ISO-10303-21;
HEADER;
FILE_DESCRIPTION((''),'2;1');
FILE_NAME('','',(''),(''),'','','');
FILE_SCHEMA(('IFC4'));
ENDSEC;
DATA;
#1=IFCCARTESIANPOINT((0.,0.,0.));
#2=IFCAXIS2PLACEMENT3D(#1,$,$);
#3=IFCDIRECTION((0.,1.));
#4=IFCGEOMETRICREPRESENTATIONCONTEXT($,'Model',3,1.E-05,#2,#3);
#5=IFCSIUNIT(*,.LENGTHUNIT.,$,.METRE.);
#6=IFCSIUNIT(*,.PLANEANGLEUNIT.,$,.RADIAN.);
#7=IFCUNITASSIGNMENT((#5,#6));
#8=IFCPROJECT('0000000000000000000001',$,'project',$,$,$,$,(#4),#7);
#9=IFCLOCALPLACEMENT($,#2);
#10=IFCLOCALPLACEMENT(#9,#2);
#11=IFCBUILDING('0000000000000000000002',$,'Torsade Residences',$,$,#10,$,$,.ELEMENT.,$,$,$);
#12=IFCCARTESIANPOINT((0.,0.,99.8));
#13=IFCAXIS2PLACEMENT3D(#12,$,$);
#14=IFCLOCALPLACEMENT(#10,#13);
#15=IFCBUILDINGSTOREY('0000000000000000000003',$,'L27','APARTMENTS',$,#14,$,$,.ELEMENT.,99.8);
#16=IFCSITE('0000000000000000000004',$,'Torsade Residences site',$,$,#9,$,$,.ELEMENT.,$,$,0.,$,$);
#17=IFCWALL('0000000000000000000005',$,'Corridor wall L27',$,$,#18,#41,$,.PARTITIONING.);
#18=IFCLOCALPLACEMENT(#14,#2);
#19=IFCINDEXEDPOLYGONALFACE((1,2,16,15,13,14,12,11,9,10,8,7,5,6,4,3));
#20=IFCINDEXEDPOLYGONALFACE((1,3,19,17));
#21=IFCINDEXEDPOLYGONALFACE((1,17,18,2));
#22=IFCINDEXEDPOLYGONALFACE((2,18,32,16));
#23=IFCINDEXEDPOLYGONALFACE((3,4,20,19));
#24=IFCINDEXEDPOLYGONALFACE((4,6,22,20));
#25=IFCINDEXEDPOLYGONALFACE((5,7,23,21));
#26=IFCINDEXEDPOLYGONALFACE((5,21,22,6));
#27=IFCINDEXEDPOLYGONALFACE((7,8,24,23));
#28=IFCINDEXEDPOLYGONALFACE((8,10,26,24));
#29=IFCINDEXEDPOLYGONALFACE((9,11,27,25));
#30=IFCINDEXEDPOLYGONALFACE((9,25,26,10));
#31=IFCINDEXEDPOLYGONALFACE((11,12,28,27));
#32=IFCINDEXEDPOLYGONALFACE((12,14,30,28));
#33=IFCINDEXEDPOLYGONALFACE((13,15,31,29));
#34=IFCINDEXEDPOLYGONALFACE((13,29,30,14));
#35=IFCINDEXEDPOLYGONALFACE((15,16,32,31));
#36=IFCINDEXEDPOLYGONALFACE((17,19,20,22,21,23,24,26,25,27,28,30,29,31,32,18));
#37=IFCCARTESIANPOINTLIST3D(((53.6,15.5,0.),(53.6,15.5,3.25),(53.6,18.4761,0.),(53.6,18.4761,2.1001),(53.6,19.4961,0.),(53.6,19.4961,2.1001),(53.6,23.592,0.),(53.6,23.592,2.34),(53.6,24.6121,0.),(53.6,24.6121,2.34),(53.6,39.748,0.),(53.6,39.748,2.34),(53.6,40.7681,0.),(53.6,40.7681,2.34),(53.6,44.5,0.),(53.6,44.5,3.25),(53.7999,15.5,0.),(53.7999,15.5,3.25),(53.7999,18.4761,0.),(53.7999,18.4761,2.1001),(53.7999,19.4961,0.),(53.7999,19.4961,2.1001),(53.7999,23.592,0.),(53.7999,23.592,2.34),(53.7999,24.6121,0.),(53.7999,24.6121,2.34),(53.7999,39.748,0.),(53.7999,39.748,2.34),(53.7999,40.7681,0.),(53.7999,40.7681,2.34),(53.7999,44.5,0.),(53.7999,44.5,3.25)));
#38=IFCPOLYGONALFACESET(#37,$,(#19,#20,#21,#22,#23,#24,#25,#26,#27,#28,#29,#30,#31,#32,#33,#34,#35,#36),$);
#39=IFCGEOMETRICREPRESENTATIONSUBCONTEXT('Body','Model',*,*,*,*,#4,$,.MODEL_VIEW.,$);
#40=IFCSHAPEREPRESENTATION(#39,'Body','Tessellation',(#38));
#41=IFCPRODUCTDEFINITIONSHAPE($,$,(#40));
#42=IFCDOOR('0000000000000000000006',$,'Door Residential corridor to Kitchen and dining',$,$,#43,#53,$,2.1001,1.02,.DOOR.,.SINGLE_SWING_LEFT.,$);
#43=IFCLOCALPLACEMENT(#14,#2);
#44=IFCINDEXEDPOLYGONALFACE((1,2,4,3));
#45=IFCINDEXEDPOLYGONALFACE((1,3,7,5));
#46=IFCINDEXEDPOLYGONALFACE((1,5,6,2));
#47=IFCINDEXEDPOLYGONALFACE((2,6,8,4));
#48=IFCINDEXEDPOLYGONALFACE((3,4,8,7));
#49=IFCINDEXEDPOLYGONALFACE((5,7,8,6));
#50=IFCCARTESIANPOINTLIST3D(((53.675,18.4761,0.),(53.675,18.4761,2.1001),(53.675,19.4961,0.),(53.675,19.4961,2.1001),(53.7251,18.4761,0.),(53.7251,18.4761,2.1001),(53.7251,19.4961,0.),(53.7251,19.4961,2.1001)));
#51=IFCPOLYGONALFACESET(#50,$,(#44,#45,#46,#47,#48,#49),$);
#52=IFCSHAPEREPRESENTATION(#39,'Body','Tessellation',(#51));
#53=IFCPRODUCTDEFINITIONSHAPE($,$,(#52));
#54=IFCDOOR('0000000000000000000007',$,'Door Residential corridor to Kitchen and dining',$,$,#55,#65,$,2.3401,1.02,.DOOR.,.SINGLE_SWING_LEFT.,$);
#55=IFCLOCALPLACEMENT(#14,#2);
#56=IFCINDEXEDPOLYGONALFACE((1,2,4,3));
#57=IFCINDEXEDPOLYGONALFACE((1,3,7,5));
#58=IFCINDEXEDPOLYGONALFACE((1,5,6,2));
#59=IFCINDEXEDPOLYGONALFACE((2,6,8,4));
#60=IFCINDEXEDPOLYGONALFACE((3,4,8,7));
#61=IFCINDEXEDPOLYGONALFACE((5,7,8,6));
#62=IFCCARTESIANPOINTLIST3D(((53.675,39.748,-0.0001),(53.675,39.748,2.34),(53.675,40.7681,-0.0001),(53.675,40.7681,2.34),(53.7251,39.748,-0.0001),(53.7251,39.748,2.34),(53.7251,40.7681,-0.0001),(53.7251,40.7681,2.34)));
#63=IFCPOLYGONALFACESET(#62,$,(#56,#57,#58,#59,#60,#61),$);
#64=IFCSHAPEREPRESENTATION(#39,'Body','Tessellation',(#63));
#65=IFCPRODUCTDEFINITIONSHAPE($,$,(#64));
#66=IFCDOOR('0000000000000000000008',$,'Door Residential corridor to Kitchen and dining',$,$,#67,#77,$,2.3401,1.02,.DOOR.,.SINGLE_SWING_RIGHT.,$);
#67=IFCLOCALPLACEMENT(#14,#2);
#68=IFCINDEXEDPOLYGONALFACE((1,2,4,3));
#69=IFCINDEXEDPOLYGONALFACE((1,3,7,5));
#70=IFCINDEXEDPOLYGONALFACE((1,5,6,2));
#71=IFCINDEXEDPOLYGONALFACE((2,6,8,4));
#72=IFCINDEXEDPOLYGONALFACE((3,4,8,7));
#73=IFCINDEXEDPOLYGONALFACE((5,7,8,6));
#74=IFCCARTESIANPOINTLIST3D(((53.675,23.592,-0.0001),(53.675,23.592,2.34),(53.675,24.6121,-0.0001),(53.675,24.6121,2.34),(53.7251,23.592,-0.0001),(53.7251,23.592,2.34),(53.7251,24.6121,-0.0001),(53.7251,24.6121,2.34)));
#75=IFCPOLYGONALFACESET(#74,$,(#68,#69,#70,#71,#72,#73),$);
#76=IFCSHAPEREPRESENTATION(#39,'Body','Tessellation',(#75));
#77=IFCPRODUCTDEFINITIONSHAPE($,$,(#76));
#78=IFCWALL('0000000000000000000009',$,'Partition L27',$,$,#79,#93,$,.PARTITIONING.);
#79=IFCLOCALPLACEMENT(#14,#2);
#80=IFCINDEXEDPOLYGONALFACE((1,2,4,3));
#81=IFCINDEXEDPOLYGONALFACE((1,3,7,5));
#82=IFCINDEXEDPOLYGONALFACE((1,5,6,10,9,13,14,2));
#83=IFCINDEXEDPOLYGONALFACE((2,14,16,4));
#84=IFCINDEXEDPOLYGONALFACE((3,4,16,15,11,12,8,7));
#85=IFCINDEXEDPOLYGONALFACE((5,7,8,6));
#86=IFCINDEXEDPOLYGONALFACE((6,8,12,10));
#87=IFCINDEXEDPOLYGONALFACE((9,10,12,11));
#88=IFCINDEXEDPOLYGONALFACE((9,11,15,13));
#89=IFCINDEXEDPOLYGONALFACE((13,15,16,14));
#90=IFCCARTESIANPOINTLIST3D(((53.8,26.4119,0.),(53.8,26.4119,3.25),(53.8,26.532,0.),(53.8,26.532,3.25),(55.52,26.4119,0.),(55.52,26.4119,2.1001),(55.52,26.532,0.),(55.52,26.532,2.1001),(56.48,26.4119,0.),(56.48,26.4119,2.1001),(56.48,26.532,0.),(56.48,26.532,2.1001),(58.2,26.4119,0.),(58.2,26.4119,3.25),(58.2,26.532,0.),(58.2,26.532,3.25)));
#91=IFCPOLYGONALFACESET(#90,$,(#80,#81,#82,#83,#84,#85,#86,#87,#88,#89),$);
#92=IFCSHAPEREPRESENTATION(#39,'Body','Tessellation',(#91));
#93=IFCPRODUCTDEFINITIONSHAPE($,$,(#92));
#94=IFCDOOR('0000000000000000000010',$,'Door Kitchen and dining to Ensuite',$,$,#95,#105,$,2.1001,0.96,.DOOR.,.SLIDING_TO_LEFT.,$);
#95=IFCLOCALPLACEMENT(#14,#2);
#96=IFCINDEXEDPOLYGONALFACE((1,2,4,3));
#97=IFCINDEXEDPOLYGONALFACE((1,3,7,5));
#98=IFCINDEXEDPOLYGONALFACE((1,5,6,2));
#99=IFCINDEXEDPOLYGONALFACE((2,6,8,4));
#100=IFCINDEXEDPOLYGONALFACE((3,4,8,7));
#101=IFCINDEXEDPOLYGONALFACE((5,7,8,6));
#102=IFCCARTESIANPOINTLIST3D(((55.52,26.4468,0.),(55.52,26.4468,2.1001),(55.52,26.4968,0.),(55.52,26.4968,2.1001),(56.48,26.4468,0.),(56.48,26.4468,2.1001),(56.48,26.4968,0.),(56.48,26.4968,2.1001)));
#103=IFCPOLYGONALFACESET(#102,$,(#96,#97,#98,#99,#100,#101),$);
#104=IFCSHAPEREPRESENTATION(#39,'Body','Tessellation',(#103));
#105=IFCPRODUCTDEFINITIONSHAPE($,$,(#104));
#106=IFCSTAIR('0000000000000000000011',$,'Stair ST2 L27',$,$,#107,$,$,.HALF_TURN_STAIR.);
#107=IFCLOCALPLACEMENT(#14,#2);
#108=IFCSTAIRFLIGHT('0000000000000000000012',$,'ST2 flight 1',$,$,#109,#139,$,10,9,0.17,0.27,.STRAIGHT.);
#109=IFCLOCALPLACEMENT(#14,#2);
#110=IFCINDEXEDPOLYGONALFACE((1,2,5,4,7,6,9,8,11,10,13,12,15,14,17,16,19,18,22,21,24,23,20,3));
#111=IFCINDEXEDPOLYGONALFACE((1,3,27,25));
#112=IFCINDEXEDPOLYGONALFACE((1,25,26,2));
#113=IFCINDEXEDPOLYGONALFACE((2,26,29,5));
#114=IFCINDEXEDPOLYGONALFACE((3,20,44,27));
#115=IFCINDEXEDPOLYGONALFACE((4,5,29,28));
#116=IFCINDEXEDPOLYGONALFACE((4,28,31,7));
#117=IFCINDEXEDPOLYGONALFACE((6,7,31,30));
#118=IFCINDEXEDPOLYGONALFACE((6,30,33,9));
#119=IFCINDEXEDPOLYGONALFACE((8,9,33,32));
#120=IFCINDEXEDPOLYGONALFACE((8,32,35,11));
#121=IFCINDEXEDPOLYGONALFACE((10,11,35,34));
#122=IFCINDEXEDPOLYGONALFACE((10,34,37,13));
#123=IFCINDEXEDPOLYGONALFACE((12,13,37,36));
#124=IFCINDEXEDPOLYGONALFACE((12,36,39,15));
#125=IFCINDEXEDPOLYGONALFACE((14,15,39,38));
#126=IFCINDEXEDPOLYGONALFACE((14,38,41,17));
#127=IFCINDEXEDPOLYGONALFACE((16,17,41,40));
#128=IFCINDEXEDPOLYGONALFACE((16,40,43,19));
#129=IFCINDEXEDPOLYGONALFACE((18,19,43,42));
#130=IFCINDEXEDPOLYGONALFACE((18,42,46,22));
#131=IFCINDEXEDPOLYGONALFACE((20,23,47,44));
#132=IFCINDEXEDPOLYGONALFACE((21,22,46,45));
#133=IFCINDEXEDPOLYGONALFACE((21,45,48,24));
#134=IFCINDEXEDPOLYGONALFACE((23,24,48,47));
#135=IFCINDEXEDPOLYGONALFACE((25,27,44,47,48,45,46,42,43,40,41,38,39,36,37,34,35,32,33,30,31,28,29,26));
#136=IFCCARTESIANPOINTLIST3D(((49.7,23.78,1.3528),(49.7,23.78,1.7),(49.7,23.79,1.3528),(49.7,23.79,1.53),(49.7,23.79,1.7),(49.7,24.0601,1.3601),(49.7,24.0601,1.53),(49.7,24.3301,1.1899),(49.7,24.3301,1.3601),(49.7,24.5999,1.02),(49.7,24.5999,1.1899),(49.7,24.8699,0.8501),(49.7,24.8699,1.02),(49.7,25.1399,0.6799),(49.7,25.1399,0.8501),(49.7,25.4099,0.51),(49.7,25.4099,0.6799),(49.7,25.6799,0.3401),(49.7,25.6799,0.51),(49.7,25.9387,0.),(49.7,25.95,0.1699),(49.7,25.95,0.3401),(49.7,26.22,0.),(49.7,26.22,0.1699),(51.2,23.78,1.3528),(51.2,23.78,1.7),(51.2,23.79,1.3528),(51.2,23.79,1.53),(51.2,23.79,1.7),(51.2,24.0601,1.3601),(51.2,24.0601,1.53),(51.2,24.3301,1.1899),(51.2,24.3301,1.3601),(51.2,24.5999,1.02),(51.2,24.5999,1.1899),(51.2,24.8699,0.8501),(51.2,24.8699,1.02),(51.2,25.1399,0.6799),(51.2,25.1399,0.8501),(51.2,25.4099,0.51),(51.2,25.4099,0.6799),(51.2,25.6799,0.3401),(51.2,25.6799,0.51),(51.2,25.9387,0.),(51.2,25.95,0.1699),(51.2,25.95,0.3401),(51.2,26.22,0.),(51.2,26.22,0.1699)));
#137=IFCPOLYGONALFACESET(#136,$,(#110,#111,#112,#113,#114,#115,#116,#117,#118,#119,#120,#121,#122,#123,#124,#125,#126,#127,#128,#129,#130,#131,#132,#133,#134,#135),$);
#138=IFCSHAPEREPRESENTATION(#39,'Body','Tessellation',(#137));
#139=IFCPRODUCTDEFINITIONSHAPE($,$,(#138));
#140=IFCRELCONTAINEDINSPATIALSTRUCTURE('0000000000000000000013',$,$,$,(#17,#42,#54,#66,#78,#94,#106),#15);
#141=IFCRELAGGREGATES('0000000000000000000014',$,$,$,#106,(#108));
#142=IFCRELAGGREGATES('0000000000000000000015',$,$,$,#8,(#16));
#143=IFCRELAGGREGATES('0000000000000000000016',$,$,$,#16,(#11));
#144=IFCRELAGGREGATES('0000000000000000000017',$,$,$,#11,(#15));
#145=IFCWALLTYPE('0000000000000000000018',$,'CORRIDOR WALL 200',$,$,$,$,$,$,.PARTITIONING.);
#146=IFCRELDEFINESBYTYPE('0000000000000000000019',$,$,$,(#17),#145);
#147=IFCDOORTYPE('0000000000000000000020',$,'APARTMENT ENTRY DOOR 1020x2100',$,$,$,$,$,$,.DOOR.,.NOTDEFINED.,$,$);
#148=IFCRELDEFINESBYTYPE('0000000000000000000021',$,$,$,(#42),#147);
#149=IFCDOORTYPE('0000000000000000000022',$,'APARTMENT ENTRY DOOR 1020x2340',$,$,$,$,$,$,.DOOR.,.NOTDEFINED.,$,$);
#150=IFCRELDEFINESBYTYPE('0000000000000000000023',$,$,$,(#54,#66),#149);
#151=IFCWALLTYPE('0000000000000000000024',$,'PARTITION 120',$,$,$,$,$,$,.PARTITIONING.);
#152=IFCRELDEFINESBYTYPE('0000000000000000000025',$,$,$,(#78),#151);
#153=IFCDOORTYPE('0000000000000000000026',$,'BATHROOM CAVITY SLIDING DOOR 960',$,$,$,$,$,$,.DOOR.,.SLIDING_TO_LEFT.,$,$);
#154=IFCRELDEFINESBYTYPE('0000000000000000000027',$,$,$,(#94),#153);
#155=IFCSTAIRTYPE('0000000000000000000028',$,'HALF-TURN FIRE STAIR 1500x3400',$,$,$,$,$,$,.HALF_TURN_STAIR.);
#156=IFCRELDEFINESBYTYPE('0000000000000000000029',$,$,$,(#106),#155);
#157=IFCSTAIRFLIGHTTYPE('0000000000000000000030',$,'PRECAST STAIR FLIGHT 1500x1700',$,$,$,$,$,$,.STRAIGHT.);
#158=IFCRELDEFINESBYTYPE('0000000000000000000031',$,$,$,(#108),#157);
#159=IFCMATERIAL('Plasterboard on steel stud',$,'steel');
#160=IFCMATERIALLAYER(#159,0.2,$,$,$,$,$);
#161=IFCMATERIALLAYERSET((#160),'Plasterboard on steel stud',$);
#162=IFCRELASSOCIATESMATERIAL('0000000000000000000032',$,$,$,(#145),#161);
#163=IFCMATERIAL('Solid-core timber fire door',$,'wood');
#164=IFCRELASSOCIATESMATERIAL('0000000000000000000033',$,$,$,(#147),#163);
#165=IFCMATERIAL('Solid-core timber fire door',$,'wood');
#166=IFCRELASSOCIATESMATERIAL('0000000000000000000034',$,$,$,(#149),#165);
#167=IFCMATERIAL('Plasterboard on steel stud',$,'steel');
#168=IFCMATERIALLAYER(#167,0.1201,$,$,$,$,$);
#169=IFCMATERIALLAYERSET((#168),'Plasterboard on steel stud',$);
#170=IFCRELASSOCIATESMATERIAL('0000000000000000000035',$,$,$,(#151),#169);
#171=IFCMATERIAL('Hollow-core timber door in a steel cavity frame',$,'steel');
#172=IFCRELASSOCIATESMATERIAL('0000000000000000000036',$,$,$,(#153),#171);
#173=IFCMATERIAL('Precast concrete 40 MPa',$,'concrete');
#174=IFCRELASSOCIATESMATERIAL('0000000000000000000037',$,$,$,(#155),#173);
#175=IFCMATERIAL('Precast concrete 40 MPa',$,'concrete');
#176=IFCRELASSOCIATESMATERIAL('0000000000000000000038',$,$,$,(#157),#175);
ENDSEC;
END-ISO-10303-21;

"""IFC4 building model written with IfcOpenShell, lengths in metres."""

from ifc_helpers import new_model, si_unit, direction, frame, frame_2d, origin, place, context, subcontext, project, spatial, polyline, rectangle, outline, extrude, material, layer, layer_set, type_object, element, fill, aggregate, save


model = new_model("IFC4")

# Units and contexts
model_context = context("Model", 3, precision=1e-05, world=origin(), true_north=direction((0.0, 1.0)))
body_context = subcontext(model_context, "Body", "Model", "MODEL_VIEW")
ifc_project = project(units=[si_unit("LENGTHUNIT", "METRE"), si_unit("PLANEANGLEUNIT", "RADIAN")], contexts=[model_context])

# Site, building, storey
site_placement = place(None, origin())
site = spatial("IfcSite", under=ifc_project, at=site_placement, Name="Torsade Residences site", CompositionType="ELEMENT", RefElevation=0.0)
building_placement = place(site_placement, origin())
building = spatial("IfcBuilding", under=site, at=building_placement, Name="Torsade Residences", CompositionType="ELEMENT")
storey_placement = place(building_placement, frame((0.0, 0.0, 99.8)))
storey = spatial("IfcBuildingStorey", under=building, at=storey_placement, Name="L27", Description="APARTMENTS", CompositionType="ELEMENT", Elevation=99.8)

# Wall, openings, doors
ifc_material_1 = material(Name="Plasterboard on steel stud", Category="steel")
ifc_layer_1 = layer(ifc_material_1, 0.2)
ifc_layer_set_1 = layer_set([ifc_layer_1], Name="Plasterboard on steel stud")
wall_type_1 = type_object("IfcWallType", Name="CORRIDOR WALL 200", PredefinedType="PARTITIONING", material=ifc_layer_set_1)
wall_1_placement = place(storey_placement, frame((53.7, 15.5, 0.0), z_axis=(0.0, 0.0, 1.0), x_axis=(0.0, 1.0, 0.0)))
wall_1 = element("IfcWall", 1, at=wall_1_placement, inside=storey, type_object=wall_type_1, Name="Corridor wall L27", PredefinedType="PARTITIONING", context=body_context, shape_type="SweptSolid", body=[
    extrude(rectangle(XDim=29.0, YDim=0.2, at=frame_2d((14.5, 0.0))), origin(), (0.0, 0.0, 1.0), 3.25),
])
opening_1_placement = place(wall_1_placement, frame((24.248, 0.0, 0.0)))
opening_1 = element("IfcOpeningElement", 2, at=opening_1_placement, cuts=wall_1, PredefinedType="OPENING", context=body_context, shape_type="SweptSolid", body=[
    extrude(rectangle(XDim=1.02, YDim=2.3401, at=frame_2d((0.51, 1.1699))), frame((0.0, 0.1099, 0.0), z_axis=(0.0, -1.0, 0.0), x_axis=(1.0, 0.0, 0.0)), (0.0, 0.0, 1.0), 0.22),
])
opening_2_placement = place(wall_1_placement, frame((2.9761, 0.0, 0.0)))
opening_2 = element("IfcOpeningElement", 3, at=opening_2_placement, cuts=wall_1, PredefinedType="OPENING", context=body_context, shape_type="SweptSolid", body=[
    extrude(rectangle(XDim=1.02, YDim=2.1001, at=frame_2d((0.51, 1.05))), frame((0.0, 0.1099, 0.0), z_axis=(0.0, -1.0, 0.0), x_axis=(1.0, 0.0, 0.0)), (0.0, 0.0, 1.0), 0.22),
])
opening_3_placement = place(wall_1_placement, frame((8.092, 0.0, 0.0)))
opening_3 = element("IfcOpeningElement", 4, at=opening_3_placement, cuts=wall_1, PredefinedType="OPENING", context=body_context, shape_type="SweptSolid", body=[
    extrude(rectangle(XDim=1.02, YDim=2.3401, at=frame_2d((0.51, 1.1699))), frame((0.0, 0.1099, 0.0), z_axis=(0.0, -1.0, 0.0), x_axis=(1.0, 0.0, 0.0)), (0.0, 0.0, 1.0), 0.22),
])
ifc_material_2 = material(Name="Solid-core timber fire door", Category="wood")
door_type_1 = type_object("IfcDoorType", Name="APARTMENT ENTRY DOOR 1020x2100", OperationType="NOTDEFINED", PredefinedType="DOOR", material=ifc_material_2)
door_1_placement = place(opening_2_placement, origin())
door_1 = element("IfcDoor", 5, at=door_1_placement, inside=storey, type_object=door_type_1, Name="Door Residential corridor to Kitchen and dining", OperationType="SINGLE_SWING_LEFT", OverallHeight=2.1001, OverallWidth=1.02, PredefinedType="DOOR", context=body_context, shape_type="SweptSolid", body=[
    extrude(rectangle(XDim=1.02, YDim=2.1001, at=frame_2d((0.51, 1.05))), frame((0.0, 0.0249, 0.0), z_axis=(0.0, -1.0, 0.0), x_axis=(1.0, 0.0, 0.0)), (0.0, 0.0, 1.0), 0.05),
])
fill(opening_2, door_1)
ifc_material_3 = material(Name="Solid-core timber fire door", Category="wood")
door_type_2 = type_object("IfcDoorType", Name="APARTMENT ENTRY DOOR 1020x2340", OperationType="NOTDEFINED", PredefinedType="DOOR", material=ifc_material_3)
door_2_placement = place(opening_1_placement, origin())
door_2 = element("IfcDoor", 6, at=door_2_placement, inside=storey, type_object=door_type_2, Name="Door Residential corridor to Kitchen and dining", OperationType="SINGLE_SWING_LEFT", OverallHeight=2.3401, OverallWidth=1.02, PredefinedType="DOOR", context=body_context, shape_type="SweptSolid", body=[
    extrude(rectangle(XDim=1.02, YDim=2.3401, at=frame_2d((0.51, 1.1699))), frame((0.0, 0.0249, 0.0), z_axis=(0.0, -1.0, 0.0), x_axis=(1.0, 0.0, 0.0)), (0.0, 0.0, 1.0), 0.05),
])
fill(opening_1, door_2)
door_3_placement = place(opening_3_placement, origin())
door_3 = element("IfcDoor", 7, at=door_3_placement, inside=storey, type_object=door_type_2, Name="Door Residential corridor to Kitchen and dining", OperationType="SINGLE_SWING_RIGHT", OverallHeight=2.3401, OverallWidth=1.02, PredefinedType="DOOR", context=body_context, shape_type="SweptSolid", body=[
    extrude(rectangle(XDim=1.02, YDim=2.3401, at=frame_2d((0.51, 1.1699))), frame((0.0, 0.0249, 0.0), z_axis=(0.0, -1.0, 0.0), x_axis=(1.0, 0.0, 0.0)), (0.0, 0.0, 1.0), 0.05),
])
fill(opening_3, door_3)

# Wall, opening, door
ifc_material_4 = material(Name="Plasterboard on steel stud", Category="steel")
ifc_layer_2 = layer(ifc_material_4, 0.1201)
ifc_layer_set_2 = layer_set([ifc_layer_2], Name="Plasterboard on steel stud")
wall_type_2 = type_object("IfcWallType", Name="PARTITION 120", PredefinedType="PARTITIONING", material=ifc_layer_set_2)
wall_2_placement = place(storey_placement, frame((53.8, 26.4719, 0.0), z_axis=(0.0, 0.0, 1.0), x_axis=(1.0, 0.0, 0.0)))
wall_2 = element("IfcWall", 8, at=wall_2_placement, inside=storey, type_object=wall_type_2, Name="Partition L27", PredefinedType="PARTITIONING", context=body_context, shape_type="SweptSolid", body=[
    extrude(rectangle(XDim=4.3999, YDim=0.1201, at=frame_2d((2.2, 0.0))), origin(), (0.0, 0.0, 1.0), 3.25),
])
opening_4_placement = place(wall_2_placement, frame((1.72, 0.0, 0.0)))
opening_4 = element("IfcOpeningElement", 9, at=opening_4_placement, cuts=wall_2, PredefinedType="OPENING", context=body_context, shape_type="SweptSolid", body=[
    extrude(rectangle(XDim=0.96, YDim=2.1001, at=frame_2d((0.48, 1.05))), frame((0.0, 0.0701, 0.0), z_axis=(0.0, -1.0, 0.0), x_axis=(1.0, 0.0, 0.0)), (0.0, 0.0, 1.0), 0.1401),
])
ifc_material_5 = material(Name="Hollow-core timber door in a steel cavity frame", Category="steel")
door_type_3 = type_object("IfcDoorType", Name="BATHROOM CAVITY SLIDING DOOR 960", OperationType="SLIDING_TO_LEFT", PredefinedType="DOOR", material=ifc_material_5)
door_4_placement = place(opening_4_placement, origin())
door_4 = element("IfcDoor", 10, at=door_4_placement, inside=storey, type_object=door_type_3, Name="Door Kitchen and dining to Ensuite", OperationType="SLIDING_TO_LEFT", OverallHeight=2.1001, OverallWidth=0.96, PredefinedType="DOOR", context=body_context, shape_type="SweptSolid", body=[
    extrude(rectangle(XDim=0.96, YDim=2.1001, at=frame_2d((0.48, 1.05))), frame((0.0, 0.0249, 0.0), z_axis=(0.0, -1.0, 0.0), x_axis=(1.0, 0.0, 0.0)), (0.0, 0.0, 1.0), 0.05),
])
fill(opening_4, door_4)

# Stair, stair flight
ifc_material_6 = material(Name="Precast concrete 40 MPa", Category="concrete")
stair_type = type_object("IfcStairType", Name="HALF-TURN FIRE STAIR 1500x3400", PredefinedType="HALF_TURN_STAIR", material=ifc_material_6)
stair_placement = place(storey_placement, origin())
stair = element("IfcStair", 11, at=stair_placement, inside=storey, type_object=stair_type, Name="Stair ST2 L27", PredefinedType="HALF_TURN_STAIR")
ifc_material_7 = material(Name="Precast concrete 40 MPa", Category="concrete")
stair_flight_type = type_object("IfcStairFlightType", Name="PRECAST STAIR FLIGHT 1500x1700", PredefinedType="STRAIGHT", material=ifc_material_7)
stair_flight_1_placement = place(storey_placement, frame((50.45, 26.22, 0.0), z_axis=(0.0, 0.0, 1.0), x_axis=(0.0, -1.0, 0.0)))
stair_flight_1 = element("IfcStairFlight", 12, at=stair_flight_1_placement, type_object=stair_flight_type, Name="ST2 flight 1", NumberOfRisers=10, NumberOfTreads=9, PredefinedType="STRAIGHT", RiserHeight=0.17, TreadLength=0.27, context=body_context, shape_type="SweptSolid", body=[
    extrude(outline(polyline([(0.0, 0.0), (0.0, 0.1699), (0.27, 0.1699), (0.27, 0.3401), (0.54, 0.3401), (0.54, 0.51), (0.8101, 0.51), (0.8101, 0.6799), (1.0801, 0.6799), (1.0801, 0.8501), (1.3501, 0.8501), (1.3501, 1.02), (1.6201, 1.02), (1.6201, 1.1899), (1.8899, 1.1899), (1.8899, 1.3601), (2.1599, 1.3601), (2.1599, 1.53), (2.4299, 1.53), (2.4299, 1.7), (2.4399, 1.7), (2.4399, 1.3528), (2.4299, 1.3528), (0.2812, 0.0), (0.0, 0.0)])), frame((0.0, 0.75, 0.0), z_axis=(0.0, -1.0, 0.0), x_axis=(1.0, 0.0, 0.0)), (0.0, 0.0, 1.0), 1.5),
])
aggregate(stair, [stair_flight_1])

save(model, "model.ifc")
